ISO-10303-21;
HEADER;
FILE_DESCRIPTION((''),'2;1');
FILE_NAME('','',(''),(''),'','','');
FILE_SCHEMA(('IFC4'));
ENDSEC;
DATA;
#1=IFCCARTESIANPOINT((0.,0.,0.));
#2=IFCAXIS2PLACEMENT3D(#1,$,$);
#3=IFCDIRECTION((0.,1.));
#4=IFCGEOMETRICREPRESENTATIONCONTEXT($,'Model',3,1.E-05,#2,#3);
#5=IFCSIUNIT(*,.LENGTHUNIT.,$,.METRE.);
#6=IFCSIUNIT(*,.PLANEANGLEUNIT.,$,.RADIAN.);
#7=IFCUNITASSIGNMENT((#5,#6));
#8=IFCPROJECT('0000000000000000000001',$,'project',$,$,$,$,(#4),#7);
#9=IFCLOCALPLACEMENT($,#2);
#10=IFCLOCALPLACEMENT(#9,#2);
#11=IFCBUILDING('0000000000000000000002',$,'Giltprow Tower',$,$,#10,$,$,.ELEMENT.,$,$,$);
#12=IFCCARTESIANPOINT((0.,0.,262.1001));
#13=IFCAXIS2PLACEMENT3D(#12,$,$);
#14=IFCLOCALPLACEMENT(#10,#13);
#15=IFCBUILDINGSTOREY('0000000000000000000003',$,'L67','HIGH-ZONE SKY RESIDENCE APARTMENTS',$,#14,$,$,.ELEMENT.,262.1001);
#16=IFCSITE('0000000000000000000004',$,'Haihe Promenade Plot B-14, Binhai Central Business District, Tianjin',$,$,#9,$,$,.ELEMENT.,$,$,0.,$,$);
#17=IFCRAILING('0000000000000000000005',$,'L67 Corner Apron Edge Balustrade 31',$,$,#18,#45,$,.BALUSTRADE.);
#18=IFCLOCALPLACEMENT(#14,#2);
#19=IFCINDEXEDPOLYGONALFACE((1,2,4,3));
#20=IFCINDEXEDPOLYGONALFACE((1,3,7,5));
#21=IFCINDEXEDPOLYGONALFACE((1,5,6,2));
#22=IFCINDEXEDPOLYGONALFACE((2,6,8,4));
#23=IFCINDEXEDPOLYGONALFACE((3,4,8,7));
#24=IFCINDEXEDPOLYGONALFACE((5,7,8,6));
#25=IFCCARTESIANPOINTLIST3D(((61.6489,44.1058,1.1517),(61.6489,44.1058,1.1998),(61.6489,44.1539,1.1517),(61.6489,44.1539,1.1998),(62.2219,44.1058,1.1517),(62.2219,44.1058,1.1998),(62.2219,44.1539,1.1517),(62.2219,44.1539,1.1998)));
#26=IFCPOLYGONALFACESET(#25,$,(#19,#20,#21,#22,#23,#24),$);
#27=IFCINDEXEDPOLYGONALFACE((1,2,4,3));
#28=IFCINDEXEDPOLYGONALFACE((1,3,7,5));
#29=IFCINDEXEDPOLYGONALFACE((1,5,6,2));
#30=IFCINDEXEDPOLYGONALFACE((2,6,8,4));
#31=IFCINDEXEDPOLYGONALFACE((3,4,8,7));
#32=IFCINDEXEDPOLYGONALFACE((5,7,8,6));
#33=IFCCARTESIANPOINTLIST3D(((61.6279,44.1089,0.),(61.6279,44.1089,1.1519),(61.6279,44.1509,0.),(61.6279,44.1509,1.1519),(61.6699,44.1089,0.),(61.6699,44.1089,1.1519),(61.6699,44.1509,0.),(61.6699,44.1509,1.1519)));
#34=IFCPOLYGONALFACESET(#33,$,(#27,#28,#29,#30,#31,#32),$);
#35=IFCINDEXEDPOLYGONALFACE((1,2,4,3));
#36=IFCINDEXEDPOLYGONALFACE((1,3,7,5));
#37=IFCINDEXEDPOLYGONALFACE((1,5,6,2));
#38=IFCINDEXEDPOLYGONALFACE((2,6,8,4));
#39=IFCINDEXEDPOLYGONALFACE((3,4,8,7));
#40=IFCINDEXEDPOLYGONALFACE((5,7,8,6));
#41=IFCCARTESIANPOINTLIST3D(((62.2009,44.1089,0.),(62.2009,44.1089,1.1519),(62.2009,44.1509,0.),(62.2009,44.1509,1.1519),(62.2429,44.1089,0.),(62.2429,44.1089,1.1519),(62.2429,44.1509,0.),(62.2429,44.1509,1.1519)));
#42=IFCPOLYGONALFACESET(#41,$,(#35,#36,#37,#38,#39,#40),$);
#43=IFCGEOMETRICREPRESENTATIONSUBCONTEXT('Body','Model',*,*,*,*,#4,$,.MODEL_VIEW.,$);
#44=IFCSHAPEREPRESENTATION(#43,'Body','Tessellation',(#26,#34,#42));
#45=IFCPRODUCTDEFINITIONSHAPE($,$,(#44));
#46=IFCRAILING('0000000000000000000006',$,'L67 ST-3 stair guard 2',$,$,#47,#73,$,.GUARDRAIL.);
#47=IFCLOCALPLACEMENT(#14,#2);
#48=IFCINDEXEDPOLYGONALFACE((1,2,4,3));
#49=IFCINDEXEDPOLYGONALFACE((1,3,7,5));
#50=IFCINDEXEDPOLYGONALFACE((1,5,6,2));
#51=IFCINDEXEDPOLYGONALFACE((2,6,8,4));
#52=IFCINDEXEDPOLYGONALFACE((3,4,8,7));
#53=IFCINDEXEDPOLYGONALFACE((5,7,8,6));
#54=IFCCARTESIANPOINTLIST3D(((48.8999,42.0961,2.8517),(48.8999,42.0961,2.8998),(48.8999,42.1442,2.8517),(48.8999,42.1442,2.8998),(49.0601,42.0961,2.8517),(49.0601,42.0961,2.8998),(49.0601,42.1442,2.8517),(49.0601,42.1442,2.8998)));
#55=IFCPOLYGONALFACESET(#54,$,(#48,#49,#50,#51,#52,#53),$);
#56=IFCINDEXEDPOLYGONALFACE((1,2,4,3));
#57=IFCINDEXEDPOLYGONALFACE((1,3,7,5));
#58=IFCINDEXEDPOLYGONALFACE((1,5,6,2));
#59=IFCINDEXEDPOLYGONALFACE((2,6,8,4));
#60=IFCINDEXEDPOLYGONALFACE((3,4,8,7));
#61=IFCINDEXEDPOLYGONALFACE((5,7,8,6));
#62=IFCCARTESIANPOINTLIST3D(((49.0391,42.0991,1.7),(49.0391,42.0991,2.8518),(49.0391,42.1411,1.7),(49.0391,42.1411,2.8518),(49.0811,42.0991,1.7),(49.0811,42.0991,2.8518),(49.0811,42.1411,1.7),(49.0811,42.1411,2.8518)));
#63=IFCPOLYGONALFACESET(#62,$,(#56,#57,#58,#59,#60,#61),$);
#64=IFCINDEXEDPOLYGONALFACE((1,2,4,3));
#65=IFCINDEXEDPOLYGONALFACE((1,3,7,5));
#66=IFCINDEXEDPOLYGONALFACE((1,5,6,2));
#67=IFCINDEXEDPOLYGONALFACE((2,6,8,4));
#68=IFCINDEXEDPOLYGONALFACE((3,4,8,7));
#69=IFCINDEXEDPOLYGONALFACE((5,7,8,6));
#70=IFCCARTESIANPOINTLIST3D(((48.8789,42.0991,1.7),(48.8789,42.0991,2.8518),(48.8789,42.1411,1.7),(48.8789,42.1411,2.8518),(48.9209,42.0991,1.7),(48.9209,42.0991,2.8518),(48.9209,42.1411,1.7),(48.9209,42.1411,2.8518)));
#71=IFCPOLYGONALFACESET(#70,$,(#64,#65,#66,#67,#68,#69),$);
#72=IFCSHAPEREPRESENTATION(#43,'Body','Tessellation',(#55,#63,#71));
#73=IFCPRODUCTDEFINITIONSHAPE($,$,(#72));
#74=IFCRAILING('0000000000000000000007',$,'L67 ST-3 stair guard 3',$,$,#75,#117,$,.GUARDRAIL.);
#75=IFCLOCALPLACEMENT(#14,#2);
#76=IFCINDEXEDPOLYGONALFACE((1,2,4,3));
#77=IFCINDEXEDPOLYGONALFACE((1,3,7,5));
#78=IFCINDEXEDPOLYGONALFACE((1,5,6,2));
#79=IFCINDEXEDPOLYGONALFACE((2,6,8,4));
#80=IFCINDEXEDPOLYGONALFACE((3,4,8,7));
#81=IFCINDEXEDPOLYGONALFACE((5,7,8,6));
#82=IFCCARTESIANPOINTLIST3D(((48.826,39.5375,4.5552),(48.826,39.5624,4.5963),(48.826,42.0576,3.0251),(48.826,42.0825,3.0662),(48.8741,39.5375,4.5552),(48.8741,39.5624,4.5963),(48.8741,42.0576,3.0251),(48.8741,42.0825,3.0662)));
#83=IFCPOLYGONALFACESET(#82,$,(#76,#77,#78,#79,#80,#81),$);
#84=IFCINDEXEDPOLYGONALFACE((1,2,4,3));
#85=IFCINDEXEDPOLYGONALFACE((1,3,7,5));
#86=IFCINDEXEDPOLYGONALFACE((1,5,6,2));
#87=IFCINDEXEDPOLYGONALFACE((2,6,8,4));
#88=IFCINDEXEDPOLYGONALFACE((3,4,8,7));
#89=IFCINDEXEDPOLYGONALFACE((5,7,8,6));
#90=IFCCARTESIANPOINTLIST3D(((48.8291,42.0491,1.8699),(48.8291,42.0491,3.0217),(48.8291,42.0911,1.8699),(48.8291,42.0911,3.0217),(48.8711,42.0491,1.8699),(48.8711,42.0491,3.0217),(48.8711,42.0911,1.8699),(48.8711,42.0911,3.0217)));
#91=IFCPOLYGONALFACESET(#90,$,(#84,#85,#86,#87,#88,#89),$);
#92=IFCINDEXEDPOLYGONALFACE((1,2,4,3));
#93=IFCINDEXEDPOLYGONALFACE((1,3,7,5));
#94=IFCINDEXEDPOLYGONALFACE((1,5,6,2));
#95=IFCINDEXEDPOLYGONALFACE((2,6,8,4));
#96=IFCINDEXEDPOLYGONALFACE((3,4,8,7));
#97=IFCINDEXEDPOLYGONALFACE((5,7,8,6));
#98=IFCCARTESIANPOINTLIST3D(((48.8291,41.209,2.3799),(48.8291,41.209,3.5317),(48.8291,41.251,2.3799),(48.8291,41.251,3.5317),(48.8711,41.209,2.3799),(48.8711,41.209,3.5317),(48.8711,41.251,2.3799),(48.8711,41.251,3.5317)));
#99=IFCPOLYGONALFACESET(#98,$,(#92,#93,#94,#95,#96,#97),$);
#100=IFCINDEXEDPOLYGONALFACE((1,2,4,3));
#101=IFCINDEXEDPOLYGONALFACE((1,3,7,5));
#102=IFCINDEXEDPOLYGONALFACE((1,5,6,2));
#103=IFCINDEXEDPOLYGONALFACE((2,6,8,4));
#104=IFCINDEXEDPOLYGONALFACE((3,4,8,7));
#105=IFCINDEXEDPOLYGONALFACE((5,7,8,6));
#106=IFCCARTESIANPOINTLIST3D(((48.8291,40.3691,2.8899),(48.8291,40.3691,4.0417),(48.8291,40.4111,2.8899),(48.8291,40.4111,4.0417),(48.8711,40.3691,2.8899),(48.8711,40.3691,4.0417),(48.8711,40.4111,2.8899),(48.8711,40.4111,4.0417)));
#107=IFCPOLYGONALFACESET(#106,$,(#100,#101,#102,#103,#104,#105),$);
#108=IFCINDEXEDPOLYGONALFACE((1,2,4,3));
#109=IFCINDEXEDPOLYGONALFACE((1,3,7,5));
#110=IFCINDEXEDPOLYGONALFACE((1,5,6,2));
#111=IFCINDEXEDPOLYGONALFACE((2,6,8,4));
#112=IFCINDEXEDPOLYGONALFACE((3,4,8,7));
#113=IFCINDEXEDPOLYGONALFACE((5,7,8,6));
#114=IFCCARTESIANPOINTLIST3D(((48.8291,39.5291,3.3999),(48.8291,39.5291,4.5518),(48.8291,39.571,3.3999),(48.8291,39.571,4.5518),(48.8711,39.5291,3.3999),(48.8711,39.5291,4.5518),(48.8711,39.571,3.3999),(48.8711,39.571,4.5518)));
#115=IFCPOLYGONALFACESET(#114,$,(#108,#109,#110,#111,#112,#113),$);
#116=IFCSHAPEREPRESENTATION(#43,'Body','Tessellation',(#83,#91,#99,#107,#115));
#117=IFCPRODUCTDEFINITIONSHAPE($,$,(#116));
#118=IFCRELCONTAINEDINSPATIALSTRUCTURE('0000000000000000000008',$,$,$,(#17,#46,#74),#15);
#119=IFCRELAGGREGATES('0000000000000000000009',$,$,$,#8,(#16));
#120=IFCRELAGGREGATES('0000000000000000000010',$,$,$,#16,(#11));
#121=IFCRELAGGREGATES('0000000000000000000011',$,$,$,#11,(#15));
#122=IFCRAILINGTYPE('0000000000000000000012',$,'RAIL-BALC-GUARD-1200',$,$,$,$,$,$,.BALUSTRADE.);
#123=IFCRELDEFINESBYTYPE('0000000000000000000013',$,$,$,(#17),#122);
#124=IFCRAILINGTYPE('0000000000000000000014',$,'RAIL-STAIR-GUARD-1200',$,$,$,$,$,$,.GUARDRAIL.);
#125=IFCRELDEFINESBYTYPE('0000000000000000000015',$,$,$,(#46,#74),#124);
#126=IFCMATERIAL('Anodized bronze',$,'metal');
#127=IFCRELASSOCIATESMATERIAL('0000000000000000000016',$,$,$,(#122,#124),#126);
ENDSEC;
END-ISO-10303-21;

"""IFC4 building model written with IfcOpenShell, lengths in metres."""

from ifc_helpers import new_model, si_unit, direction, frame, origin, origin_2d, place, context, subcontext, project, spatial, rectangle, extrude, material, type_object, element, save


model = new_model("IFC4")

# Units and contexts
model_context = context("Model", 3, precision=1e-05, world=origin(), true_north=direction((0.0, 1.0)))
body_context = subcontext(model_context, "Body", "Model", "MODEL_VIEW")
ifc_project = project(units=[si_unit("LENGTHUNIT", "METRE"), si_unit("PLANEANGLEUNIT", "RADIAN")], contexts=[model_context])

# Site, building, storey
site_placement = place(None, origin())
site = spatial("IfcSite", under=ifc_project, at=site_placement, Name="Haihe Promenade Plot B-14, Binhai Central Business District, Tianjin", CompositionType="ELEMENT", RefElevation=0.0)
building_placement = place(site_placement, origin())
building = spatial("IfcBuilding", under=site, at=building_placement, Name="Giltprow Tower", CompositionType="ELEMENT")
storey_placement = place(building_placement, frame((0.0, 0.0, 262.1001)))
storey = spatial("IfcBuildingStorey", under=building, at=storey_placement, Name="L67", Description="HIGH-ZONE SKY RESIDENCE APARTMENTS", CompositionType="ELEMENT", Elevation=262.1001)

# Railings
ifc_material_1 = material(Name="Anodized bronze", Category="metal")
railing_type_1 = type_object("IfcRailingType", Name="RAIL-BALC-GUARD-1200", PredefinedType="BALUSTRADE", material=ifc_material_1)
railing_1_placement = place(storey_placement, frame((61.6489, 44.1299, 0.0)))
element("IfcRailing", 1, at=railing_1_placement, inside=storey, type_object=railing_type_1, Name="L67 Corner Apron Edge Balustrade 31", PredefinedType="BALUSTRADE", context=body_context, shape_type="SweptSolid", body=[
    extrude(rectangle(XDim=0.0481, YDim=0.0481, at=origin_2d()), frame((0.0, 0.0, 1.1758), z_axis=(1.0, 0.0, 0.0), x_axis=(0.0, 1.0, 0.0)), (0.0, 0.0, 1.0), 0.573),
    extrude(rectangle(XDim=0.042, YDim=0.042, at=origin_2d()), origin(), (0.0, 0.0, 1.0), 1.1519),
    extrude(rectangle(XDim=0.042, YDim=0.042, at=origin_2d()), frame((0.573, 0.0, 0.0)), (0.0, 0.0, 1.0), 1.1519),
])
railing_type_2 = type_object("IfcRailingType", Name="RAIL-STAIR-GUARD-1200", PredefinedType="GUARDRAIL", material=ifc_material_1)
railing_2_placement = place(storey_placement, frame((49.0601, 42.1201, 1.7)))
element("IfcRailing", 2, at=railing_2_placement, inside=storey, type_object=railing_type_2, Name="L67 ST-3 stair guard 2", PredefinedType="GUARDRAIL", context=body_context, shape_type="SweptSolid", body=[
    extrude(rectangle(XDim=0.0481, YDim=0.0481, at=origin_2d()), frame((0.0, 0.0, 1.1758), z_axis=(-1.0, 0.0, 0.0), x_axis=(0.0, -1.0, 0.0)), (0.0, 0.0, 1.0), 0.1602),
    extrude(rectangle(XDim=0.042, YDim=0.042, at=origin_2d()), origin(), (0.0, 0.0, 1.0), 1.1519),
    extrude(rectangle(XDim=0.042, YDim=0.042, at=origin_2d()), frame((-0.1602, 0.0, 0.0)), (0.0, 0.0, 1.0), 1.1519),
])
railing_3_placement = place(storey_placement, frame((48.8501, 42.0701, 1.8699)))
element("IfcRailing", 3, at=railing_3_placement, inside=storey, type_object=railing_type_2, Name="L67 ST-3 stair guard 3", PredefinedType="GUARDRAIL", context=body_context, shape_type="SweptSolid", body=[
    extrude(rectangle(XDim=0.0481, YDim=0.0481, at=origin_2d()), frame((0.0, 0.0, 1.1758), z_axis=(0.0, -0.854785, 0.518982), x_axis=(1.0, 0.0, 0.0)), (0.0, 0.0, 1.0), 2.9482),
    extrude(rectangle(XDim=0.042, YDim=0.042, at=origin_2d()), origin(), (0.0, 0.0, 1.0), 1.1519),
    extrude(rectangle(XDim=0.042, YDim=0.042, at=origin_2d()), frame((0.0, -0.8401, 0.51)), (0.0, 0.0, 1.0), 1.1519),
    extrude(rectangle(XDim=0.042, YDim=0.042, at=origin_2d()), frame((0.0, -1.6799, 1.02)), (0.0, 0.0, 1.0), 1.1519),
    extrude(rectangle(XDim=0.042, YDim=0.042, at=origin_2d()), frame((0.0, -2.52, 1.53)), (0.0, 0.0, 1.0), 1.1519),
])

save(model, "model.ifc")
